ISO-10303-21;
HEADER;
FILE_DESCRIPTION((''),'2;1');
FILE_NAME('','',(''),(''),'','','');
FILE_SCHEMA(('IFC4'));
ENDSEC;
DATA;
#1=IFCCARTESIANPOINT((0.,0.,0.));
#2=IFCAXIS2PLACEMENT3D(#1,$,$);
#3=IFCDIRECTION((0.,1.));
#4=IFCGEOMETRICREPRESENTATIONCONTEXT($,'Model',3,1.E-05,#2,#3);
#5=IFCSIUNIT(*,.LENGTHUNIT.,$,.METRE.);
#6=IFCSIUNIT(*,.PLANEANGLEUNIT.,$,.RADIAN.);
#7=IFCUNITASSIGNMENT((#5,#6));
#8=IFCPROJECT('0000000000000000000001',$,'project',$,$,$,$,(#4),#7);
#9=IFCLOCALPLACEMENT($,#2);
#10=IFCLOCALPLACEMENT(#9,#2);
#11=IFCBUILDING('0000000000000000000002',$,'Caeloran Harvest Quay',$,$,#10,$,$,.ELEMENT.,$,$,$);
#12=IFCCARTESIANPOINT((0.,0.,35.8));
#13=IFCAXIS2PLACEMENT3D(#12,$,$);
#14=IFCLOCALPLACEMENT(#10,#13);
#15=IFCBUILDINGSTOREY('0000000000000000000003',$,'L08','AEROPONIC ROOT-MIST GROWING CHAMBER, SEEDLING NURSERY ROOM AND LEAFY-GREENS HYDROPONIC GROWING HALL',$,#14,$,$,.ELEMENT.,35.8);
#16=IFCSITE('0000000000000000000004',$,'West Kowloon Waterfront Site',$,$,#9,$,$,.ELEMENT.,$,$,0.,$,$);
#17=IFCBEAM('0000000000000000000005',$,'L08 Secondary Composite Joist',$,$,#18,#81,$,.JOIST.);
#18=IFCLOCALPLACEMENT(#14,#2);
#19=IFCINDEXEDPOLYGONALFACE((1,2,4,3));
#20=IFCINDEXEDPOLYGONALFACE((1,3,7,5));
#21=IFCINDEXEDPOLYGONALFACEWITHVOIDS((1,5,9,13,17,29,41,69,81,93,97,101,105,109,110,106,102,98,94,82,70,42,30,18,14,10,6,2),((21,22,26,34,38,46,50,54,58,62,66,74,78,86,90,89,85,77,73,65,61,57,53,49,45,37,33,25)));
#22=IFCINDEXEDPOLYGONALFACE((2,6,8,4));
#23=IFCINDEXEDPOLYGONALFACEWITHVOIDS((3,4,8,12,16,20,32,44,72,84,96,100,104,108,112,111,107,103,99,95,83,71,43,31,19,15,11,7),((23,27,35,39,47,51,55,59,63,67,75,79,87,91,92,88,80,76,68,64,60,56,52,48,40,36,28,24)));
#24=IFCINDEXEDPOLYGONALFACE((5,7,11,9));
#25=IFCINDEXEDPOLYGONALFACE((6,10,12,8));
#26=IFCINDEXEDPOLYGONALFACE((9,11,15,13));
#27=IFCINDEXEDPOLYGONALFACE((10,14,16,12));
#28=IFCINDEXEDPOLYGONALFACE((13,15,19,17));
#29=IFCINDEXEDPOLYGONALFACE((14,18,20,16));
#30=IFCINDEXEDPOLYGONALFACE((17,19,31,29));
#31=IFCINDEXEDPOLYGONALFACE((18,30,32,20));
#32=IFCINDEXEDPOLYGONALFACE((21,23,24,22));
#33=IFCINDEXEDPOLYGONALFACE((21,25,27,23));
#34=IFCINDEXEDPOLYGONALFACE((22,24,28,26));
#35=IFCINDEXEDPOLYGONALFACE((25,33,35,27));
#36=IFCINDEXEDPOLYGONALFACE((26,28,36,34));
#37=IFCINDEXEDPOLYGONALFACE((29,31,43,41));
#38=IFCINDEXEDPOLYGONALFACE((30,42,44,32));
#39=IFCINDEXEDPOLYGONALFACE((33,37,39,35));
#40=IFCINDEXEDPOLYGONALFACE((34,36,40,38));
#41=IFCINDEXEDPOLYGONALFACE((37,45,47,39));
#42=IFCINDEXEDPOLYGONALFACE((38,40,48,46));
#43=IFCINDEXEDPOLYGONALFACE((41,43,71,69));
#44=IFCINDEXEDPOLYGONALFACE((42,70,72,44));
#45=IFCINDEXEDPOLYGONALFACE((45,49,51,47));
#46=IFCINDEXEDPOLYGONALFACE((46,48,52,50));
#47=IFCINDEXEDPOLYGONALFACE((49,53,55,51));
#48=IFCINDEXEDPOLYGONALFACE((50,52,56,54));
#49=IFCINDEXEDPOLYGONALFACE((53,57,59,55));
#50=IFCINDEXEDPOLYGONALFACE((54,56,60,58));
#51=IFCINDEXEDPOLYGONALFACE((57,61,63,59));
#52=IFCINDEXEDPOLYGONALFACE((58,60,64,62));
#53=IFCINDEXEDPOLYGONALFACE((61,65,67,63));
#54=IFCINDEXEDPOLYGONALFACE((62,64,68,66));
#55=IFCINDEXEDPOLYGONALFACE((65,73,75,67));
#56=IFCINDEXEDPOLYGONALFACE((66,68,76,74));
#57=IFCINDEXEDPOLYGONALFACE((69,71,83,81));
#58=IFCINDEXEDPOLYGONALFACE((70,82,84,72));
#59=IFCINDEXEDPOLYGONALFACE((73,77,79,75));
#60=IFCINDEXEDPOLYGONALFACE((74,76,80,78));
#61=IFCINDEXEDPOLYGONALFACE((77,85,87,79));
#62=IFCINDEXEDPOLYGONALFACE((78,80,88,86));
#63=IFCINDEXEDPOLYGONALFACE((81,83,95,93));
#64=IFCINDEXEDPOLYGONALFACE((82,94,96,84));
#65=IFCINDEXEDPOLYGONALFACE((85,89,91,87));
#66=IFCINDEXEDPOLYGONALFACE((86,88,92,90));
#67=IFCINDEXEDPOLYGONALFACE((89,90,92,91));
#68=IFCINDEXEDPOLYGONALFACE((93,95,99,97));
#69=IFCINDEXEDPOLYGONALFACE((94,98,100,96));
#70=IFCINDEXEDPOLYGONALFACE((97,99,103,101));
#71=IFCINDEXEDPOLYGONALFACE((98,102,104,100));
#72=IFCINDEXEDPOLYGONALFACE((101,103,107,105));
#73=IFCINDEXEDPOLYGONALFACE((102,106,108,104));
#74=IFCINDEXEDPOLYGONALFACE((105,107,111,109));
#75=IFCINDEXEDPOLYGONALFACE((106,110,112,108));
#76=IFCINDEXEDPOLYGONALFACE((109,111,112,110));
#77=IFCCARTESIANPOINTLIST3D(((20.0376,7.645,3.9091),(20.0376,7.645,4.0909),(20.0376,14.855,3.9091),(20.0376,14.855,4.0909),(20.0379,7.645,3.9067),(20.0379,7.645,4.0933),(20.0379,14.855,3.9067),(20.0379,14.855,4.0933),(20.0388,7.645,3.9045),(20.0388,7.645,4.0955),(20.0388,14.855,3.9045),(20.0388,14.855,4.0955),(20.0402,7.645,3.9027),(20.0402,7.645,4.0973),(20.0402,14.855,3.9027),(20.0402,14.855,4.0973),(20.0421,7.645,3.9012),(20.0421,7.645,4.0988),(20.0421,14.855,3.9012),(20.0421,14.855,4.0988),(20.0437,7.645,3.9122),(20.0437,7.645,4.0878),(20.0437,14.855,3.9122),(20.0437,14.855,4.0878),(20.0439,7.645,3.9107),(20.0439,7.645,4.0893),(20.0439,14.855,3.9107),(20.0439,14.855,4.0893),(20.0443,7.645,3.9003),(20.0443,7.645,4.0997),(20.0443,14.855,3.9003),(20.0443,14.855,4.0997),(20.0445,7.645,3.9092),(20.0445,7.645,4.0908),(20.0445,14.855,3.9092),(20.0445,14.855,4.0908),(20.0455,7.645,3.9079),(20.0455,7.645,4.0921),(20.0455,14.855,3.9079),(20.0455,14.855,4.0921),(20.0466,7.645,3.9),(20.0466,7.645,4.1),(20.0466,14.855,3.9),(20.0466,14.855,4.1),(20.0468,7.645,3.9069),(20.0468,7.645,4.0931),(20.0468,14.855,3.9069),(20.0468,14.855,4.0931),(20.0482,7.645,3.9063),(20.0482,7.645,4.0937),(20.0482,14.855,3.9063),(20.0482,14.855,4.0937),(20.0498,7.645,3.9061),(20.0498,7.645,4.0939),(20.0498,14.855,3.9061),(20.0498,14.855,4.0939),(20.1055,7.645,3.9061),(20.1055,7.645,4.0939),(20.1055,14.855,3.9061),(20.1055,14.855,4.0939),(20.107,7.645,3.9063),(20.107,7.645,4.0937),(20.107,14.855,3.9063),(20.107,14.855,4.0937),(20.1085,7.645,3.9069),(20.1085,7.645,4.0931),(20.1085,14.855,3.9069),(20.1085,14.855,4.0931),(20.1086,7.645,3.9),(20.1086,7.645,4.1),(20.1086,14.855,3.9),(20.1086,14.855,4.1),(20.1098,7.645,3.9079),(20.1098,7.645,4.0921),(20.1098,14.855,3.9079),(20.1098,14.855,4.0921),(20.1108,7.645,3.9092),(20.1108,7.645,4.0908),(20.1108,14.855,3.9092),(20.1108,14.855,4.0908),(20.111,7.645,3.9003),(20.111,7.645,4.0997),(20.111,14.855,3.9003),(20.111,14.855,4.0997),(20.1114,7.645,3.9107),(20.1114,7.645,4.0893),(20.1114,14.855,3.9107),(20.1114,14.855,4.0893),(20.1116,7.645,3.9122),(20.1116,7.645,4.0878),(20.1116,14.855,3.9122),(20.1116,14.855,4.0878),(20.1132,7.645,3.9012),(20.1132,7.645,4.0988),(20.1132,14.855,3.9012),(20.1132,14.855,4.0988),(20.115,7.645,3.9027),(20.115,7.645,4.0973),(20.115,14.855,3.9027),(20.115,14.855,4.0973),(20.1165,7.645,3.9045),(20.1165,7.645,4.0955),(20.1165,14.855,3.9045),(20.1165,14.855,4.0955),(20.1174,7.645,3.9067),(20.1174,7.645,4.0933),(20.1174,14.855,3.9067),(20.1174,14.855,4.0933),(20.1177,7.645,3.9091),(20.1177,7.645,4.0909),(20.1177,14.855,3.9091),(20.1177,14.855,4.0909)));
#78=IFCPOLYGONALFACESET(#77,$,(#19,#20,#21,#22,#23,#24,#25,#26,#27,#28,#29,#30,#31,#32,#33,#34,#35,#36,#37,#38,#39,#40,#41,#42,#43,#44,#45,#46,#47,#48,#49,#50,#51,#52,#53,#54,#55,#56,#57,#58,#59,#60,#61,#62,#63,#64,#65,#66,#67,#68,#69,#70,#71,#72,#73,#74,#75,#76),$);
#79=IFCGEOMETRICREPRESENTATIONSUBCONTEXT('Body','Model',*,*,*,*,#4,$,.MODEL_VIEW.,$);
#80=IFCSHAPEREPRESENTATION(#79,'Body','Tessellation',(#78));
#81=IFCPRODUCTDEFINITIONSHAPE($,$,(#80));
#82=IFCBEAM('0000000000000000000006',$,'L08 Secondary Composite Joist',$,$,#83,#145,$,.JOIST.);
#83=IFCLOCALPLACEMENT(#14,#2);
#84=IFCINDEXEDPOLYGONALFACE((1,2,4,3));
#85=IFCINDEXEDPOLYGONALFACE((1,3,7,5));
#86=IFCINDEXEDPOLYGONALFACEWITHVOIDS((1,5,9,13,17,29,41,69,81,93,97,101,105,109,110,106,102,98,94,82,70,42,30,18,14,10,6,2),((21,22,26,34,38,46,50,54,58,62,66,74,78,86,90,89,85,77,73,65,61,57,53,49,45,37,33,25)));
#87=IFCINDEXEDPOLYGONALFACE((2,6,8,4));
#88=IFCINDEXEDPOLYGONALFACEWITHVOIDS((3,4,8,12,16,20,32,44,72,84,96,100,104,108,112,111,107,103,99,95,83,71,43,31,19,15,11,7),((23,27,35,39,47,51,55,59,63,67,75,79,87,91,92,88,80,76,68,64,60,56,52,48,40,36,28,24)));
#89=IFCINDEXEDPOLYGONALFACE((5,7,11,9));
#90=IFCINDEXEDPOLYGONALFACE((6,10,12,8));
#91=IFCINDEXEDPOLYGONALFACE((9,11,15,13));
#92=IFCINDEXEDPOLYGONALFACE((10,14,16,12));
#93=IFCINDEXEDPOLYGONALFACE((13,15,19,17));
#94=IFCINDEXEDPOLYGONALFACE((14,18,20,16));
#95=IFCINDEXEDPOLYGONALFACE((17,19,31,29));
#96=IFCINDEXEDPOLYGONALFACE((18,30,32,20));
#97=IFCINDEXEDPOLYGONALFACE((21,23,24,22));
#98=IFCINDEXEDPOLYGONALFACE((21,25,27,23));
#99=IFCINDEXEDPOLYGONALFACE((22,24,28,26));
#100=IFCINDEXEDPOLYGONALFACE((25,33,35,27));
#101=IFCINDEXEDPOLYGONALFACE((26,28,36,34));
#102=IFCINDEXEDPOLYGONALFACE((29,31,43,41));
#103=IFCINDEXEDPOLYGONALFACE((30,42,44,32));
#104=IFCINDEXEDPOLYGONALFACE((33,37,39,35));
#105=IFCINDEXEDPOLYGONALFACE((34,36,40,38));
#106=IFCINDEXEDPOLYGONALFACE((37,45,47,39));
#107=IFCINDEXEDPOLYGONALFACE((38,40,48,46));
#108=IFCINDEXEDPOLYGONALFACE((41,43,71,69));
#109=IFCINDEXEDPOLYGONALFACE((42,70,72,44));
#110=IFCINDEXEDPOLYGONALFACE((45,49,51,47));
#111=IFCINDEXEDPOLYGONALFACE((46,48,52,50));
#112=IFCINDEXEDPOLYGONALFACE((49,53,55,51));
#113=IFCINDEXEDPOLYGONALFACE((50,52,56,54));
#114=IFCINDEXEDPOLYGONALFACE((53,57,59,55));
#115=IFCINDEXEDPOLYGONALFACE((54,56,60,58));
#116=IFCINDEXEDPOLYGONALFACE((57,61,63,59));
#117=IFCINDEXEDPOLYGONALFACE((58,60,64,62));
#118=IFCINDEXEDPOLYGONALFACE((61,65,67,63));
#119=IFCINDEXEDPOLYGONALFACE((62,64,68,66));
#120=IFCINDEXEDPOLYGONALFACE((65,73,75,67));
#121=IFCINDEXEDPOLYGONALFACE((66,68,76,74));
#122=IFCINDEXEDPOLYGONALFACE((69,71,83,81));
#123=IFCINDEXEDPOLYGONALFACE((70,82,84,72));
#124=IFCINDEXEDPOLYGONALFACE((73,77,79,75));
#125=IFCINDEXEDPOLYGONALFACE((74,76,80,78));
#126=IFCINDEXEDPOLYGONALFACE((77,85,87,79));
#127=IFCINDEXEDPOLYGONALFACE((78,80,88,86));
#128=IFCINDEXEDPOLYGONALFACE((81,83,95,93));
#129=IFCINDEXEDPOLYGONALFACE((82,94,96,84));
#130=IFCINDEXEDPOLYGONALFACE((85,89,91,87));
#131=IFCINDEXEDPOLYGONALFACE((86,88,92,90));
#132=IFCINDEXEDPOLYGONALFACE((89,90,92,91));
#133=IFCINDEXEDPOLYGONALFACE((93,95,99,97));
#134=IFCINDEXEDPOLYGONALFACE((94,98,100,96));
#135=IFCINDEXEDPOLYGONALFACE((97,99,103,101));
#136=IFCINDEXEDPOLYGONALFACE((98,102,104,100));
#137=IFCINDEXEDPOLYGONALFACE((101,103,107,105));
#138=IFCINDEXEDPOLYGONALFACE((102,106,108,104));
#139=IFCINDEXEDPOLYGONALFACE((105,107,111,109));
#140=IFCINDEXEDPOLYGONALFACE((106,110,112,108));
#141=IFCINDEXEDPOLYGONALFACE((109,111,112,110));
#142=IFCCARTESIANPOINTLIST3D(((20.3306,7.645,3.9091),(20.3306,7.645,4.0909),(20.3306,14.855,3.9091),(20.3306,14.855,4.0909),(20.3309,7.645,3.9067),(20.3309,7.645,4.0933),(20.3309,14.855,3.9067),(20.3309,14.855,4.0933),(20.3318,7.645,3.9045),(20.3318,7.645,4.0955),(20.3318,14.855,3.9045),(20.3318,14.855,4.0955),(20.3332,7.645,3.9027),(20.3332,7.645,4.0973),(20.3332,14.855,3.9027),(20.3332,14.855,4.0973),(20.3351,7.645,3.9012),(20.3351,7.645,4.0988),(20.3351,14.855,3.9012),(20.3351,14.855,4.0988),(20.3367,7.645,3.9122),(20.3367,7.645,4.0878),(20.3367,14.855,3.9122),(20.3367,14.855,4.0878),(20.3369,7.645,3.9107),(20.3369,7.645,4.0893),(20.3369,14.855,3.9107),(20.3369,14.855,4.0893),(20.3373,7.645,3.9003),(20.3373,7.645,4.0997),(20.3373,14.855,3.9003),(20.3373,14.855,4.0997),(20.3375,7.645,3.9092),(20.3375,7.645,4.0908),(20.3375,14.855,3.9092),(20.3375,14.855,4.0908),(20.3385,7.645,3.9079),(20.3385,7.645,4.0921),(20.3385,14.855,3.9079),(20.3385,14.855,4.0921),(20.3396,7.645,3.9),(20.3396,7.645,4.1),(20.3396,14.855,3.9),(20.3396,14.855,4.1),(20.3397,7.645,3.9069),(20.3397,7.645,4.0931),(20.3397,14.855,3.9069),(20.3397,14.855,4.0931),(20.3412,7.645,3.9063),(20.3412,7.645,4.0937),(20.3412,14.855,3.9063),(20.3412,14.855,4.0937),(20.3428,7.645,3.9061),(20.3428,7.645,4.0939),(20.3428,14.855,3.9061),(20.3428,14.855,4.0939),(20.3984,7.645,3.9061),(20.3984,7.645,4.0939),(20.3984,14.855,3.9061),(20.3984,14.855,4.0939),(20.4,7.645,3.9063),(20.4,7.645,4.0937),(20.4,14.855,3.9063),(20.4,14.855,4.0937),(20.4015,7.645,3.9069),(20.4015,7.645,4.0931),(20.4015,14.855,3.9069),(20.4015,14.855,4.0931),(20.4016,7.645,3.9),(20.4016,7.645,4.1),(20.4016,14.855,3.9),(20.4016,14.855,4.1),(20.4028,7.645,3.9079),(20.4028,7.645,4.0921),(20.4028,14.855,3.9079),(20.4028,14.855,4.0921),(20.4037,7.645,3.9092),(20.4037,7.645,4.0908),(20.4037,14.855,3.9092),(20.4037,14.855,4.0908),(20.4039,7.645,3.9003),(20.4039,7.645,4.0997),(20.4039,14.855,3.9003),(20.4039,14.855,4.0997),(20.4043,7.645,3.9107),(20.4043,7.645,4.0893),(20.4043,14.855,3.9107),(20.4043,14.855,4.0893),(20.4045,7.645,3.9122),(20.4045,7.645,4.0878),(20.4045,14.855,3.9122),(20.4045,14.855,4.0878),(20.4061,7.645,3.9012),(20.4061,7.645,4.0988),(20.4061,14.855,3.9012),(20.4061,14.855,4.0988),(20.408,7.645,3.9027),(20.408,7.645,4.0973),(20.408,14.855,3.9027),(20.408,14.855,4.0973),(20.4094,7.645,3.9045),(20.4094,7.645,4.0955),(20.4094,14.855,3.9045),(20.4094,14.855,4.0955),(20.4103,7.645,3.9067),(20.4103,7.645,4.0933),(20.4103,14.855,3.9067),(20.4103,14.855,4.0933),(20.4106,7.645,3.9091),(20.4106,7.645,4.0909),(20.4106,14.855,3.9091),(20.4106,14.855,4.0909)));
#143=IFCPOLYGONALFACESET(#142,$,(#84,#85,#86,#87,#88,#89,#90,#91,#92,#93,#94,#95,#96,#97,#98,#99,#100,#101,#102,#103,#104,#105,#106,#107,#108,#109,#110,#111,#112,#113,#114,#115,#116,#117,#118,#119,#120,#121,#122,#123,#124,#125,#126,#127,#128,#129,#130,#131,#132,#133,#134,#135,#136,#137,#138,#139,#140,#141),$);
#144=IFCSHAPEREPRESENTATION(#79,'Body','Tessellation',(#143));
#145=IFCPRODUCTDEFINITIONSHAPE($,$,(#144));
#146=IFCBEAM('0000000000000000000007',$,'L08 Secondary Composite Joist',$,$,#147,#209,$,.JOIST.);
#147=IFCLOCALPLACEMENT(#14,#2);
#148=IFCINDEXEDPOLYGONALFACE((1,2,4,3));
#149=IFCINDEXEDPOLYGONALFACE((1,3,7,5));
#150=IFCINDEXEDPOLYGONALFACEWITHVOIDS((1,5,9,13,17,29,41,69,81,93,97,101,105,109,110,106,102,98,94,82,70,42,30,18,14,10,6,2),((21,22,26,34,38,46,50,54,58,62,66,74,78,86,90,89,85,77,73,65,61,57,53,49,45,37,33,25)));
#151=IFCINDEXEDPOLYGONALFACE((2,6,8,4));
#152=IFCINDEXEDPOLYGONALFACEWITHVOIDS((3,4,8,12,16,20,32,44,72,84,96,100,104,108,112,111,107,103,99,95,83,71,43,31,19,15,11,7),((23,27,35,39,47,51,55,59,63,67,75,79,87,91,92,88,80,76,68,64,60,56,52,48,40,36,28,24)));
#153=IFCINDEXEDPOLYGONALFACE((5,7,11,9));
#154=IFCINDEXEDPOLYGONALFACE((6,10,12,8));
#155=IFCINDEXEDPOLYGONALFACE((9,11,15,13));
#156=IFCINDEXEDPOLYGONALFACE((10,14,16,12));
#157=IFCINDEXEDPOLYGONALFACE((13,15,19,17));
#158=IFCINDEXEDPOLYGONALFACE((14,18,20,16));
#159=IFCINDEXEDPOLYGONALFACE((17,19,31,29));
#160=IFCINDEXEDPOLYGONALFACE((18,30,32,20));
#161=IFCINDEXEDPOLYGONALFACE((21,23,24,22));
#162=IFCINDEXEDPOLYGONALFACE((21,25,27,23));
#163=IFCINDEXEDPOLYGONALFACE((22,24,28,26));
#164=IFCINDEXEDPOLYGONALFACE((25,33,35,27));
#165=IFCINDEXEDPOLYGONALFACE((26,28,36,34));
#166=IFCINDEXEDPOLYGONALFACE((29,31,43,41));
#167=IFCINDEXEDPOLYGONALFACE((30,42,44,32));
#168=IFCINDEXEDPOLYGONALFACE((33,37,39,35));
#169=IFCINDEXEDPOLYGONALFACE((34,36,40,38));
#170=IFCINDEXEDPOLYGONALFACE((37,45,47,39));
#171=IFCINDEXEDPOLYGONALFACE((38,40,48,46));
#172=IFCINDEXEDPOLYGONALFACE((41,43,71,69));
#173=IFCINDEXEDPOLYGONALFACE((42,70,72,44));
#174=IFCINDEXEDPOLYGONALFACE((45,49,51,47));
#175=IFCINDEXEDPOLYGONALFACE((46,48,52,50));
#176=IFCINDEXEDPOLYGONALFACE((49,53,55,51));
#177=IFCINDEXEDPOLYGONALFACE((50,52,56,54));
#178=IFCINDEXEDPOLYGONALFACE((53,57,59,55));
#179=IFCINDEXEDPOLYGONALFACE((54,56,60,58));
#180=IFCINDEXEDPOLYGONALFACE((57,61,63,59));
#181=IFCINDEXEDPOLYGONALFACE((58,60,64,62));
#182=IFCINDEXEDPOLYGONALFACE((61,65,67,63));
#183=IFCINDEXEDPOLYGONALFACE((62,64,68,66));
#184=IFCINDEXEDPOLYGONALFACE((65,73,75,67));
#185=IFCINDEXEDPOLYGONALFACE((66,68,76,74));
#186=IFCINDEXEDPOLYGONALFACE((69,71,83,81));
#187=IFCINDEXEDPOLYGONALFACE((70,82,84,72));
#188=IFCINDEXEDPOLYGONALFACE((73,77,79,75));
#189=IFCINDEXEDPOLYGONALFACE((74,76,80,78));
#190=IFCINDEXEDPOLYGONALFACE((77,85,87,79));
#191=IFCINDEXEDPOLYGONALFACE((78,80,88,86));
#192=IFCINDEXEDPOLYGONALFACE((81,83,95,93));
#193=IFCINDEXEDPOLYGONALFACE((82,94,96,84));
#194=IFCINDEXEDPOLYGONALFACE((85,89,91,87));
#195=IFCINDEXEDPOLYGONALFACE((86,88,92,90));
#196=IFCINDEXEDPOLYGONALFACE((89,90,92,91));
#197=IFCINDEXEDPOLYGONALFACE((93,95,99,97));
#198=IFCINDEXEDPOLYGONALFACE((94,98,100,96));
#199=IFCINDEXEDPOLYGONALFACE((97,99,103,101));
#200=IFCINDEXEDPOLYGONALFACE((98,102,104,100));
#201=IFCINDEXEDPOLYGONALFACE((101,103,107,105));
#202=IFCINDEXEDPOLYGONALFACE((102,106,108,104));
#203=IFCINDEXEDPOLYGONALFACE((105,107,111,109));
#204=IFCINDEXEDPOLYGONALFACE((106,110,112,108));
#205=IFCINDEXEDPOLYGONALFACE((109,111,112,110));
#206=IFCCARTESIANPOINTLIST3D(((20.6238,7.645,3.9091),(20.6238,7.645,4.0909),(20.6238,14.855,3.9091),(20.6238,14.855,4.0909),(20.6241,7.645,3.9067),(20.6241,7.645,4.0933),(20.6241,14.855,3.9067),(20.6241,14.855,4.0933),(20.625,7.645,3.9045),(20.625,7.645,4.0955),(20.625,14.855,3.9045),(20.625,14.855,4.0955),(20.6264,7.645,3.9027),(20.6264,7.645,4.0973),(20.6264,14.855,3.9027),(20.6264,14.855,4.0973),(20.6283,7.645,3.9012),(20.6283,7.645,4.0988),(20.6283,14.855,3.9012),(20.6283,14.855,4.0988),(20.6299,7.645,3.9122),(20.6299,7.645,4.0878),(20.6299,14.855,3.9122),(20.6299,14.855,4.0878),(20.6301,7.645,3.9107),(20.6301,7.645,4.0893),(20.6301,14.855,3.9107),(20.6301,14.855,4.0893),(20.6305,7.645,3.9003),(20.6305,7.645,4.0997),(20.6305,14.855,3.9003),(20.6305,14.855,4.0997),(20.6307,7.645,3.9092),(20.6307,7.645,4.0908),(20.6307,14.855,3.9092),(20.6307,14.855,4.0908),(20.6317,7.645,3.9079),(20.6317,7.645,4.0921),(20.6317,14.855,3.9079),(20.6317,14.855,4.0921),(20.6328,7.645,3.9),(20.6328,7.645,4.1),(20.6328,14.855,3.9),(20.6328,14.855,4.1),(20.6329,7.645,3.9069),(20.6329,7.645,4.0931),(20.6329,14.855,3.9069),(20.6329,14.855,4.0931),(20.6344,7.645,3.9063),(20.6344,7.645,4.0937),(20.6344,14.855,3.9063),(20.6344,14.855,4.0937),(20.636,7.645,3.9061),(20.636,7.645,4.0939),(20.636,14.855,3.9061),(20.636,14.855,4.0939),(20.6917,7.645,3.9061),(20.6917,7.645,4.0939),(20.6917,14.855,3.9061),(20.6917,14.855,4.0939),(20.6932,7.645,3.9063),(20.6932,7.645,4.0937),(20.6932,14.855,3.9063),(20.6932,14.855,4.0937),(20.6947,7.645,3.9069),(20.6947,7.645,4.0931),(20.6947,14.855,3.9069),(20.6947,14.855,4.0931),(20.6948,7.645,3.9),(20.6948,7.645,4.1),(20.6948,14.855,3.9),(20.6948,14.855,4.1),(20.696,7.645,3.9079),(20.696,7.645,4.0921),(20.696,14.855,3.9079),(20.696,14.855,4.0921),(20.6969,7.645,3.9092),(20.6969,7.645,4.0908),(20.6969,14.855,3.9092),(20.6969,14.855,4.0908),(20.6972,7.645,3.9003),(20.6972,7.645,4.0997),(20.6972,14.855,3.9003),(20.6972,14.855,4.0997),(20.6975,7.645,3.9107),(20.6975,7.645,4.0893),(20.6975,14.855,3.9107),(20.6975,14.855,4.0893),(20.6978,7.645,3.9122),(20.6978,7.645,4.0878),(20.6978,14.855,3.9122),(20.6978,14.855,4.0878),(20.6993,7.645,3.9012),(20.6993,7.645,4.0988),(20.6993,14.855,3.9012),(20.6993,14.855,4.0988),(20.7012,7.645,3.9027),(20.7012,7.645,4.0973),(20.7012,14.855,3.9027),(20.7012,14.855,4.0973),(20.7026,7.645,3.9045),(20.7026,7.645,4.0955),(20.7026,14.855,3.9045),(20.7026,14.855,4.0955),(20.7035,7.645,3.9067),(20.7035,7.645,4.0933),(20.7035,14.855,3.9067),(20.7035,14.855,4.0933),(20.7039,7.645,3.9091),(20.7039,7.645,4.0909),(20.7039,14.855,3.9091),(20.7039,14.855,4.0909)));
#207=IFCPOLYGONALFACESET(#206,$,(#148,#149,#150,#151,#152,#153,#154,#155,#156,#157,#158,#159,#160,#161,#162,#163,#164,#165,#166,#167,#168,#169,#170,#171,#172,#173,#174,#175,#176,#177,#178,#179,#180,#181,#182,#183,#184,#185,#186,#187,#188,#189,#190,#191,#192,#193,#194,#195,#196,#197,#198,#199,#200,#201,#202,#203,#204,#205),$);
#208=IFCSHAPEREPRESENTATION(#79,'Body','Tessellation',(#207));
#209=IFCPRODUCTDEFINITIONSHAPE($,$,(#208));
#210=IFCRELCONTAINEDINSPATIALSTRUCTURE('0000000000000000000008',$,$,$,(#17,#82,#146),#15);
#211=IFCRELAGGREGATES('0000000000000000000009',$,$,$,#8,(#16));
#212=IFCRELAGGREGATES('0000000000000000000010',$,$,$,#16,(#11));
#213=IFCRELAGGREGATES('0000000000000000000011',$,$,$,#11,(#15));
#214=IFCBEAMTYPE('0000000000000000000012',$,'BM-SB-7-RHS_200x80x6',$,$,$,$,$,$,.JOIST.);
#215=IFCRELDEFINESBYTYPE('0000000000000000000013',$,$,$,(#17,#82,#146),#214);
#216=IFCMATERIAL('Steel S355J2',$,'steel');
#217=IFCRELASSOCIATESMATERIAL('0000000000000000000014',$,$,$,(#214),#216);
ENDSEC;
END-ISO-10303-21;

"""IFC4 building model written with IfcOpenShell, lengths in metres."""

from ifc_helpers import new_model, si_unit, direction, frame, origin, origin_2d, place, context, subcontext, project, spatial, hollow_rectangle, extrude, material, material_profile, profile_set, type_object, element, save


model = new_model("IFC4")

# Units and contexts
model_context = context("Model", 3, precision=1e-05, world=origin(), true_north=direction((0.0, 1.0)))
body_context = subcontext(model_context, "Body", "Model", "MODEL_VIEW")
ifc_project = project(units=[si_unit("LENGTHUNIT", "METRE"), si_unit("PLANEANGLEUNIT", "RADIAN")], contexts=[model_context])

# Site, building, storey
site_placement = place(None, origin())
site = spatial("IfcSite", under=ifc_project, at=site_placement, Name="West Kowloon Waterfront Site", CompositionType="ELEMENT", RefElevation=0.0)
building_placement = place(site_placement, origin())
building = spatial("IfcBuilding", under=site, at=building_placement, Name="Caeloran Harvest Quay", CompositionType="ELEMENT")
storey_placement = place(building_placement, frame((0.0, 0.0, 35.8)))
storey = spatial("IfcBuildingStorey", under=building, at=storey_placement, Name="L08", Description="AEROPONIC ROOT-MIST GROWING CHAMBER, SEEDLING NURSERY ROOM AND LEAFY-GREENS HYDROPONIC GROWING HALL", CompositionType="ELEMENT", Elevation=35.8)

# Beams
ifc_material_1 = material(Name="Steel S355J2", Category="steel")
ifc_material_profile_1 = material_profile(ifc_material_1, hollow_rectangle(XDim=0.0801, YDim=0.2, WallThickness=0.0061, InnerFilletRadius=0.0061, OuterFilletRadius=0.009, at=origin_2d()), Name="RHS 200x80x6")
ifc_profile_set_1 = profile_set([ifc_material_profile_1], Name="Steel S355J2")
beam_type_1 = type_object("IfcBeamType", Name="BM-SB-7-RHS_200x80x6", PredefinedType="JOIST", material=ifc_profile_set_1)
for number, where, z_axis, x_axis, name in (
    (1, (20.0776, 7.645, 4.0), (0.0, 1.0, 0.0), (-1.0, 0.0, 0.0), "L08 Secondary Composite Joist"),
    (2, (20.3706, 7.645, 4.0), (0.0, 1.0, 0.0), (-1.0, 0.0, 0.0), "L08 Secondary Composite Joist"),
    (3, (20.6638, 7.645, 4.0), (0.0, 1.0, 0.0), (-1.0, 0.0, 0.0), "L08 Secondary Composite Joist"),
):
    element("IfcBeam", number, at=place(storey_placement, frame(where, z_axis=z_axis, x_axis=x_axis)), inside=storey, type_object=beam_type_1, Name=name, PredefinedType="JOIST", context=body_context, shape_type="SweptSolid", body=[
        extrude(hollow_rectangle(XDim=0.0801, YDim=0.2, WallThickness=0.0061, InnerFilletRadius=0.0061, OuterFilletRadius=0.009, at=origin_2d()), origin(), (0.0, 0.0, 1.0), 7.21),
    ])

save(model, "model.ifc")
